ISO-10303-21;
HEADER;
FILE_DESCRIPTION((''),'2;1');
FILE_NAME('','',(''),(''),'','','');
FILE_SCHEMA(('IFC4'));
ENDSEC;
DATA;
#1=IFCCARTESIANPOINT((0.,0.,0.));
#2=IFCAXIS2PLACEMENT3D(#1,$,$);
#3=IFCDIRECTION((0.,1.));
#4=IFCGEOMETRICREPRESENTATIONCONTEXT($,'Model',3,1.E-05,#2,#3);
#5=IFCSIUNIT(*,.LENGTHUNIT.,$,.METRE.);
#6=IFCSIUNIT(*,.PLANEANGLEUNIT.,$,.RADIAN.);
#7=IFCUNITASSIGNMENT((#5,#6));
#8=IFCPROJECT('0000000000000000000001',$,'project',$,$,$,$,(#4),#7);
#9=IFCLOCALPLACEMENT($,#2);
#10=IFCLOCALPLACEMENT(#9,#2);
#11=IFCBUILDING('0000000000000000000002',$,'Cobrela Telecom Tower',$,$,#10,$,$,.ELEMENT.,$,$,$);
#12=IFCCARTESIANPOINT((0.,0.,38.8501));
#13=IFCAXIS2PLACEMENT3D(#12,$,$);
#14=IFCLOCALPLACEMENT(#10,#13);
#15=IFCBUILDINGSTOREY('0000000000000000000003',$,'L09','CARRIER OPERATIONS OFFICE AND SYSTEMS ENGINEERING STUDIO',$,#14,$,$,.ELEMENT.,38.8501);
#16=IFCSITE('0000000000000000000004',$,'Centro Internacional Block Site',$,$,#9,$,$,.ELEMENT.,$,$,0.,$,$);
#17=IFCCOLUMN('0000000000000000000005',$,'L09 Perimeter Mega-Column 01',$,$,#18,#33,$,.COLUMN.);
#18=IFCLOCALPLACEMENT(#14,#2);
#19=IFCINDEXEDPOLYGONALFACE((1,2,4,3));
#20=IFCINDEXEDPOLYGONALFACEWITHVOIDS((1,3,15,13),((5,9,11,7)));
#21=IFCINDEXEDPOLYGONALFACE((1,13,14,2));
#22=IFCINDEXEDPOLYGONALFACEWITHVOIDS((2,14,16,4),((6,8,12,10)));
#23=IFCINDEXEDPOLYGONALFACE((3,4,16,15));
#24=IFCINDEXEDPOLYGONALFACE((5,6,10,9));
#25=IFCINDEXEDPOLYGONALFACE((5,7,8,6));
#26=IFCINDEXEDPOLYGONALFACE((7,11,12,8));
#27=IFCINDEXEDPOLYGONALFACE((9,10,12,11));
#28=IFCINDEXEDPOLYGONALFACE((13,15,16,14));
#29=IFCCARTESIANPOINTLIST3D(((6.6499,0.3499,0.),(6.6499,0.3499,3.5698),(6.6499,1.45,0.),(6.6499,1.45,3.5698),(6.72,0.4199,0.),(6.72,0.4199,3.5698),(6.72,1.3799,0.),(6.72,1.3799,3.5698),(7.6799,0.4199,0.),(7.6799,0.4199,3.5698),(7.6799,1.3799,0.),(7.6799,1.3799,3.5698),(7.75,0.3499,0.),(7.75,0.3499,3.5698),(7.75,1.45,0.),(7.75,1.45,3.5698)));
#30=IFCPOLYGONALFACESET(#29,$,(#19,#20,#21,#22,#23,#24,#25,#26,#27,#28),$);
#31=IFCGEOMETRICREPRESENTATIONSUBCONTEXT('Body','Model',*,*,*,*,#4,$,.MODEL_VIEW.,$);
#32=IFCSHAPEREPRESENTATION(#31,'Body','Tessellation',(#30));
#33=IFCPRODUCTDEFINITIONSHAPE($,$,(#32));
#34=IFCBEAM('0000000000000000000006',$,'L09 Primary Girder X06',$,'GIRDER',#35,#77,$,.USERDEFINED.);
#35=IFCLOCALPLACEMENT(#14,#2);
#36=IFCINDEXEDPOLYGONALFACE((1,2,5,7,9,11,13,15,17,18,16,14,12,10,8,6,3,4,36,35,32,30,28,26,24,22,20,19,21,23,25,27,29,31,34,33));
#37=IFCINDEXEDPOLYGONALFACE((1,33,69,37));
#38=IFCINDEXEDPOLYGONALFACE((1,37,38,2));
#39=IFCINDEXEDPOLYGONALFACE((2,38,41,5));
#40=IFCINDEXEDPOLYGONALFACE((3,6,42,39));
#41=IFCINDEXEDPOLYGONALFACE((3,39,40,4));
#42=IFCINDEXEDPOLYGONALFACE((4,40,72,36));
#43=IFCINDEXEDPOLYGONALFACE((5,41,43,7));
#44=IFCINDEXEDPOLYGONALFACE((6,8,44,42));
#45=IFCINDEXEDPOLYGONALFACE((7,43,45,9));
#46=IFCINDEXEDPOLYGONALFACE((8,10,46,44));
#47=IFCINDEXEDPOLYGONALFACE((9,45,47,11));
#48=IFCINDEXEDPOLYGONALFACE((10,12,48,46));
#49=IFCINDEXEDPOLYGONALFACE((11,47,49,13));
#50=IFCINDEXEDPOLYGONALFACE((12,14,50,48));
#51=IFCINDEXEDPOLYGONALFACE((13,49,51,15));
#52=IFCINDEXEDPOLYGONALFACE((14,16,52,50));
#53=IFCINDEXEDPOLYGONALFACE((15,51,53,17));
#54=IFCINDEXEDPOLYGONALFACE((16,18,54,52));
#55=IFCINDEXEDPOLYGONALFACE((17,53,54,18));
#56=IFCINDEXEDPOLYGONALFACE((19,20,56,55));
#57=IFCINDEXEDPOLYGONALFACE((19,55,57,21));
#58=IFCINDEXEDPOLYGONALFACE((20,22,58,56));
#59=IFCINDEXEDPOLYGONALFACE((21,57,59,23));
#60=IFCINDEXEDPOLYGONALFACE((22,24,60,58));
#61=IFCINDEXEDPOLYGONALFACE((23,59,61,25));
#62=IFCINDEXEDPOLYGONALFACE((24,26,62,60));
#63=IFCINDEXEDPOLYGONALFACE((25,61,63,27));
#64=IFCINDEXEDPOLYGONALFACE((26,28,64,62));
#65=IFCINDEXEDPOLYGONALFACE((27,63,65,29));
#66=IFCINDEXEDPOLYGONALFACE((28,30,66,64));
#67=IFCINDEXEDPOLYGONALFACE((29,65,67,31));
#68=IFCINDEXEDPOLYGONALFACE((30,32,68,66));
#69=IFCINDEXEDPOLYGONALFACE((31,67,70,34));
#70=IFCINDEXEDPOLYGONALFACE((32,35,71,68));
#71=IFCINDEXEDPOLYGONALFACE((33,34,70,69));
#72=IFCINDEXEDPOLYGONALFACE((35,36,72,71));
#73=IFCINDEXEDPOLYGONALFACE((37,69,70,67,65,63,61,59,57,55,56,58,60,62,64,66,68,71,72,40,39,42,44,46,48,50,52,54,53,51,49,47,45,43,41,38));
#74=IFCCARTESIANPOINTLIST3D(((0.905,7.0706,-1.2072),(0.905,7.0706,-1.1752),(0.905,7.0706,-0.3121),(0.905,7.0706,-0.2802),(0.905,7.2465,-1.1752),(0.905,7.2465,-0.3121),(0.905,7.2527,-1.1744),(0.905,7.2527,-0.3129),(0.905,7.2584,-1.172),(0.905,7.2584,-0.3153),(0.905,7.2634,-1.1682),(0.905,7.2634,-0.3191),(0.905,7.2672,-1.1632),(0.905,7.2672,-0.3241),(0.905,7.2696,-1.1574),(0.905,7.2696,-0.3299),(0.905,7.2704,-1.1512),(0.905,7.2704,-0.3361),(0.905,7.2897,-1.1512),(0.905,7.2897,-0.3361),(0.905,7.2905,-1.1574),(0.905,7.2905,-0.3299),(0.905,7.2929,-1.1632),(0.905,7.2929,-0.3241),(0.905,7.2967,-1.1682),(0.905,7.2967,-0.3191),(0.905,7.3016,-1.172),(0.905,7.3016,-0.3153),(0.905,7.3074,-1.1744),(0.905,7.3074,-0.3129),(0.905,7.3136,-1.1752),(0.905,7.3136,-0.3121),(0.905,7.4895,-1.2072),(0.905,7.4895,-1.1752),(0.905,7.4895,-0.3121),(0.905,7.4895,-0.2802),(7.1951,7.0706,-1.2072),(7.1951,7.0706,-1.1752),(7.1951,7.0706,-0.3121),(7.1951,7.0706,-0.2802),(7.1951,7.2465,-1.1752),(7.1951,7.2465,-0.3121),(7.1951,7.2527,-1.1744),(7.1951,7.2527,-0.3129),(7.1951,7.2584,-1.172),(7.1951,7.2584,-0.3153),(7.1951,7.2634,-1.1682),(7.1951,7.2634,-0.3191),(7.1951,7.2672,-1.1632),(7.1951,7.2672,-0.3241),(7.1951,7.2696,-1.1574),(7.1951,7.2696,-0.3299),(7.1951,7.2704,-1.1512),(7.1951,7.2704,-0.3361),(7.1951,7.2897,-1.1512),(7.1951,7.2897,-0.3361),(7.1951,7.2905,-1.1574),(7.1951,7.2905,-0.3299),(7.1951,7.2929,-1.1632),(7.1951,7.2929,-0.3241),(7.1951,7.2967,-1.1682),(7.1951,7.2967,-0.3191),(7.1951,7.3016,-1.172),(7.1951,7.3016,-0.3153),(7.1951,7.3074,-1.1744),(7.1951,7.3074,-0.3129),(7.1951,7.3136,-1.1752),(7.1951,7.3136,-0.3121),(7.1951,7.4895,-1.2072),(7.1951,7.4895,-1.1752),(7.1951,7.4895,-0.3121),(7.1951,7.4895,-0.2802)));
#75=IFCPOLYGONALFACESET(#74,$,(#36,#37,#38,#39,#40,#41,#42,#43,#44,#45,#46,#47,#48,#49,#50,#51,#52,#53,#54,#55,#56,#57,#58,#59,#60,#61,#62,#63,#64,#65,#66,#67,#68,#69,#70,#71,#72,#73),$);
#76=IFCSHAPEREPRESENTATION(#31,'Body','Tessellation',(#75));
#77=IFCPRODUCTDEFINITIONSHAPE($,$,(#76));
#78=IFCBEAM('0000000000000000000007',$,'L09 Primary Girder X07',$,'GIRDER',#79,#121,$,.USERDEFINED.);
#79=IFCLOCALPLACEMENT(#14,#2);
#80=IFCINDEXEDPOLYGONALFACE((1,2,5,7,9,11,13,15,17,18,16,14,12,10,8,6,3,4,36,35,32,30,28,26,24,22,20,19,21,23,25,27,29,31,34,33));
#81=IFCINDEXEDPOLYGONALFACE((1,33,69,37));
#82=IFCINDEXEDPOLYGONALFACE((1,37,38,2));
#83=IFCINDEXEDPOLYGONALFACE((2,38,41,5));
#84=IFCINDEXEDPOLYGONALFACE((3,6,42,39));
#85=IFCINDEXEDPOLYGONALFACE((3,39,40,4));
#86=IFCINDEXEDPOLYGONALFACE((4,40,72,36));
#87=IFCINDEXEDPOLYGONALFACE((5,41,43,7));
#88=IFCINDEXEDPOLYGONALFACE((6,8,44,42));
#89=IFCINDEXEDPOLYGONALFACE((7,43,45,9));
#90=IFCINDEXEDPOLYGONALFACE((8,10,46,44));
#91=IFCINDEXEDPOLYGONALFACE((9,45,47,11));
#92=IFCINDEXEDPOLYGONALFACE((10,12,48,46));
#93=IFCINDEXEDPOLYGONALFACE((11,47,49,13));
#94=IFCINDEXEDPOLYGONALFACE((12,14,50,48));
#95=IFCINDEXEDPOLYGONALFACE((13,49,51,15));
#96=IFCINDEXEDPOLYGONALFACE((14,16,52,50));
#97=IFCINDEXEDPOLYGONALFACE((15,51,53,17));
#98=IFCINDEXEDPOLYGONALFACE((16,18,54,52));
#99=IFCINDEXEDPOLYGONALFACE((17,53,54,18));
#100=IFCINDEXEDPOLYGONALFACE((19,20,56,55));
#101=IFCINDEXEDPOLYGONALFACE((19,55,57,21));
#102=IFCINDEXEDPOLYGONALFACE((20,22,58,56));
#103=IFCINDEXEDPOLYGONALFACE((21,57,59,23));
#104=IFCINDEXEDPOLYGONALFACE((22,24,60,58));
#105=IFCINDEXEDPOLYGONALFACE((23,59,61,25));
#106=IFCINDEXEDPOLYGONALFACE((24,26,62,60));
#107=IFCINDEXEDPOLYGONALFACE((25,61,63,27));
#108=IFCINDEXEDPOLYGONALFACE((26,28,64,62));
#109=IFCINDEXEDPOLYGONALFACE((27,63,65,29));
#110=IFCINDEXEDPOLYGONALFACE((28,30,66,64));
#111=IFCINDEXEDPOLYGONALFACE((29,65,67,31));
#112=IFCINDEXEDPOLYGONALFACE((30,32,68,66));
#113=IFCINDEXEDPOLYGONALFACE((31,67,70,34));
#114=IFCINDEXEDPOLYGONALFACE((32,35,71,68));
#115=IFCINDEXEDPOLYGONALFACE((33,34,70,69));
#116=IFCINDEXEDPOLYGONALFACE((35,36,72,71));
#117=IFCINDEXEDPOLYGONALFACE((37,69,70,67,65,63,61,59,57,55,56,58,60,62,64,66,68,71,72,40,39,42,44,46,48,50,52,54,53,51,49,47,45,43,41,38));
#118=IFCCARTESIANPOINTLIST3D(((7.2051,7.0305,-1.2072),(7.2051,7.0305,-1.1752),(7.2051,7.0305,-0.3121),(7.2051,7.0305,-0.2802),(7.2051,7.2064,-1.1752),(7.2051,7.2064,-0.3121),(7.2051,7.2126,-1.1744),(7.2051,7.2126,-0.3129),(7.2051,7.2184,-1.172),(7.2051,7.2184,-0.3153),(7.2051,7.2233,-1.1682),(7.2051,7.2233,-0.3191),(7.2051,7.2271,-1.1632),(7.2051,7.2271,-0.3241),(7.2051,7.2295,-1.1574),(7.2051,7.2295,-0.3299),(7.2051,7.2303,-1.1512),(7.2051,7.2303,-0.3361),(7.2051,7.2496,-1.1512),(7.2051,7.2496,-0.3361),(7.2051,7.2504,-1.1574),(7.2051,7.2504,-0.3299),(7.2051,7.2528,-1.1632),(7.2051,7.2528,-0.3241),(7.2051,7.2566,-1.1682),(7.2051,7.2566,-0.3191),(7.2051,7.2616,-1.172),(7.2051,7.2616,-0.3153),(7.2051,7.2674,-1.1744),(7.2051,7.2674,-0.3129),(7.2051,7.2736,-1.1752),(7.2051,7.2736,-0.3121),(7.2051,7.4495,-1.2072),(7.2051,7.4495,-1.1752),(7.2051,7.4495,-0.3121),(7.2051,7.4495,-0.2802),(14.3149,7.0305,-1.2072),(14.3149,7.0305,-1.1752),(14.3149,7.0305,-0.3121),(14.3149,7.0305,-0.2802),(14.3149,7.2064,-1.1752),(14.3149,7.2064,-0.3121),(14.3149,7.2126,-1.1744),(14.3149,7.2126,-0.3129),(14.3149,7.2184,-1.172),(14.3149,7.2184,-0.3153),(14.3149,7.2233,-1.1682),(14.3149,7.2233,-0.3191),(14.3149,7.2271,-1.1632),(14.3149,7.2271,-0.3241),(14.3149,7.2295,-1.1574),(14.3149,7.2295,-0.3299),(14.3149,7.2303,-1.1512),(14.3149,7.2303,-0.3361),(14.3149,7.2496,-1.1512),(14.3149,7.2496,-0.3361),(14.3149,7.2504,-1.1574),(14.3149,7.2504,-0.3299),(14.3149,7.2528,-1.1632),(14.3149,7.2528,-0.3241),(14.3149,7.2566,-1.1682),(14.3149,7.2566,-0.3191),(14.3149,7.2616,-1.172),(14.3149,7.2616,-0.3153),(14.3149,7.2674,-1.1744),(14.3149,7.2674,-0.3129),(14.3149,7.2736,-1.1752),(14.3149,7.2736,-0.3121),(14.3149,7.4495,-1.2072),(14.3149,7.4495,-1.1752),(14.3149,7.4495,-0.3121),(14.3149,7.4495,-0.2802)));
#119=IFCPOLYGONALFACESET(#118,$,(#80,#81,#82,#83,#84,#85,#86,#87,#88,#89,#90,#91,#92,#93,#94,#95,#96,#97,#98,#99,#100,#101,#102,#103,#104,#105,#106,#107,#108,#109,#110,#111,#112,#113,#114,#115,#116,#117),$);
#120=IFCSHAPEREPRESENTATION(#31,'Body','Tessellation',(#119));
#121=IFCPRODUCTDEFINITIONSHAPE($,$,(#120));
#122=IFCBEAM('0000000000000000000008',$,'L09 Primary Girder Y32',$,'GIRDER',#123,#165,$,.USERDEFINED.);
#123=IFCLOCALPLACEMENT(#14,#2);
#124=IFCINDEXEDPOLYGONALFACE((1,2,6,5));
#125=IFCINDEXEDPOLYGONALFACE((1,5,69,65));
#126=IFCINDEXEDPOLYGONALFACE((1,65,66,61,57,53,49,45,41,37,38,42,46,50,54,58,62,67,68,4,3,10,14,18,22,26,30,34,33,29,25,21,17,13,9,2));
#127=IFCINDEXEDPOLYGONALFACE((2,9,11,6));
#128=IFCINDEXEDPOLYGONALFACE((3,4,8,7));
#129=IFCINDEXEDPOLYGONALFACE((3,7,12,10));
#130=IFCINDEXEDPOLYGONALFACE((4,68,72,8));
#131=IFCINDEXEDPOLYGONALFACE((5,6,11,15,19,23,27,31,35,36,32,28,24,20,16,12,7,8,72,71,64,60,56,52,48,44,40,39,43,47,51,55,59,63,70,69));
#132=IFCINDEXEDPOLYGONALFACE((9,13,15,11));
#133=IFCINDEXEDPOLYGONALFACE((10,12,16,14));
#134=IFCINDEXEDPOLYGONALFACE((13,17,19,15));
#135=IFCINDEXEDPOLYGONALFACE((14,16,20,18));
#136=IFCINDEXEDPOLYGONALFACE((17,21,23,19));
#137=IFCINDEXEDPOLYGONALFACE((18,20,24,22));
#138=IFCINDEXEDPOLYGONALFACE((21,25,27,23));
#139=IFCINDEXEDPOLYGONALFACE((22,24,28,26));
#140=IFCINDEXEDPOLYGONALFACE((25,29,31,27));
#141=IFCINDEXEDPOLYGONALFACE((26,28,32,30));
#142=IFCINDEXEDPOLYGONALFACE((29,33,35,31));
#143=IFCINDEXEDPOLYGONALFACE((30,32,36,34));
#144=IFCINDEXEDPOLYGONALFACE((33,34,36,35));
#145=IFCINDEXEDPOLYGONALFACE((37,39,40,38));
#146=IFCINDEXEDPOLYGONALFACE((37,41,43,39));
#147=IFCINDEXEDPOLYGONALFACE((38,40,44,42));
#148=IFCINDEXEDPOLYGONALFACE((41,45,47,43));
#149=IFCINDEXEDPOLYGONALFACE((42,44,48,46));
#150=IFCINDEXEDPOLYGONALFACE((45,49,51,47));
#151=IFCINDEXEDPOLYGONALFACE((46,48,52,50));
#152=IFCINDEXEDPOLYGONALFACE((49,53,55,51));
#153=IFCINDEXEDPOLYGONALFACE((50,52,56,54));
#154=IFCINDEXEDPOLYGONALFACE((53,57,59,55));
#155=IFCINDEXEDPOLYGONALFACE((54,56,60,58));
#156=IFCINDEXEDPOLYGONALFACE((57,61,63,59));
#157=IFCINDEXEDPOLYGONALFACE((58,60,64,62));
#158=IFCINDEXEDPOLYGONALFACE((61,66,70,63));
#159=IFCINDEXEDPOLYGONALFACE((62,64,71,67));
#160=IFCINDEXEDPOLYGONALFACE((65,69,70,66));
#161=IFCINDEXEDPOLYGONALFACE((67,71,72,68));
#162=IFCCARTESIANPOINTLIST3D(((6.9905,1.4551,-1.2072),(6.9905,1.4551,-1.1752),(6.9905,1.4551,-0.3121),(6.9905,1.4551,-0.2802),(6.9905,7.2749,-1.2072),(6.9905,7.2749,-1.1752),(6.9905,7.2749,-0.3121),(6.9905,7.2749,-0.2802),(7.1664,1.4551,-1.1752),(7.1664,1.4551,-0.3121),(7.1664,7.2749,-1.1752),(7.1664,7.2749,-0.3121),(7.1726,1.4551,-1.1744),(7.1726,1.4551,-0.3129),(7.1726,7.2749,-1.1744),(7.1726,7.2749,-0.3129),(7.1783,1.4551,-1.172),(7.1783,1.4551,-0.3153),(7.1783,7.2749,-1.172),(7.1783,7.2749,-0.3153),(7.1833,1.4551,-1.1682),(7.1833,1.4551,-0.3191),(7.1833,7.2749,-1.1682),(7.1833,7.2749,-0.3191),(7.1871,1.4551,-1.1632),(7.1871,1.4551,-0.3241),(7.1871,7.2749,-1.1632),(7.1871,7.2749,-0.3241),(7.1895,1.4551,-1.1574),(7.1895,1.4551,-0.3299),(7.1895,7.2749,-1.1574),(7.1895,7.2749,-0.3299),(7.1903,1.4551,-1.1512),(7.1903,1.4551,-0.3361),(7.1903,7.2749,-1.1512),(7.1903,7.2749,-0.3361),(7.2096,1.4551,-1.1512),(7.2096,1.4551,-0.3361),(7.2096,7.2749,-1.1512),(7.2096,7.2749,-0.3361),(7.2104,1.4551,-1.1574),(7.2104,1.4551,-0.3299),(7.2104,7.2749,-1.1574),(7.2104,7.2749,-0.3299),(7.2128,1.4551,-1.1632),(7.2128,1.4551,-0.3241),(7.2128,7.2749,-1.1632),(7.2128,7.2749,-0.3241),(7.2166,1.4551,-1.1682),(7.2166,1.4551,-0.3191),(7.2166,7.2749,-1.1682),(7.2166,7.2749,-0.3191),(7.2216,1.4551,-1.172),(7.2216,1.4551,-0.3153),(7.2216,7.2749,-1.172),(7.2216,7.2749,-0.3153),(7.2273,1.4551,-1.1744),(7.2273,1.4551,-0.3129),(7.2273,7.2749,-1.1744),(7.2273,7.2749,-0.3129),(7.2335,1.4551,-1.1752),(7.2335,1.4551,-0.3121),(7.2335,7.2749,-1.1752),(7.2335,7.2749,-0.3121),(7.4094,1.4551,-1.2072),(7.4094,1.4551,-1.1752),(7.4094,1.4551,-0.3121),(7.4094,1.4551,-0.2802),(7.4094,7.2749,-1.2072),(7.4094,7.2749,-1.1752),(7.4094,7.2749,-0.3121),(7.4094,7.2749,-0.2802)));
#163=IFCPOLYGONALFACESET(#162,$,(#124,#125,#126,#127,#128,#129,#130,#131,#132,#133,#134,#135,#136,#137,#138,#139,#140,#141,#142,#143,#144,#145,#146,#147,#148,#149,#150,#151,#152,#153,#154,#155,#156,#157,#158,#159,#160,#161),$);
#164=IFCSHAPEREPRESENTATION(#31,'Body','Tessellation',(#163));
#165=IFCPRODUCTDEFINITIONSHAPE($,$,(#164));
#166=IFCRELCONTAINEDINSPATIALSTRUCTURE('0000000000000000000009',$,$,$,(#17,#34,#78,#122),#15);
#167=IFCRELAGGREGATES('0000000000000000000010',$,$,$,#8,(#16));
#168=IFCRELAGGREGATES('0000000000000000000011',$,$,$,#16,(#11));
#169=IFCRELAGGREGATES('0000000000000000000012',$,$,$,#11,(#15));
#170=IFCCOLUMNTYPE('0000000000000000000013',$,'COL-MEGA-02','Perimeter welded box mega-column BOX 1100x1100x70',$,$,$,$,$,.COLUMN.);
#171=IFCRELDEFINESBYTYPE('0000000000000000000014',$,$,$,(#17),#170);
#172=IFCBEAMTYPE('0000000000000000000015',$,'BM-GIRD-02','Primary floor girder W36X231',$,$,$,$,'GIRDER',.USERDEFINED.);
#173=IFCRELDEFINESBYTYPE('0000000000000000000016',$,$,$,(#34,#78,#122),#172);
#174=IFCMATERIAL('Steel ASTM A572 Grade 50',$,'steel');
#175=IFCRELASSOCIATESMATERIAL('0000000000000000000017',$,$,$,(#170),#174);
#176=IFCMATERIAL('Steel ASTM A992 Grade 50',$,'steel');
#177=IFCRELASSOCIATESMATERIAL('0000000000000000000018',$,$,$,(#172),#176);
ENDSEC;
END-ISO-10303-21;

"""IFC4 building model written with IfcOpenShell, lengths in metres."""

from ifc_helpers import new_model, si_unit, direction, frame, origin, origin_2d, place, context, subcontext, project, spatial, hollow_rectangle, i_section, extrude, material, material_profile, profile_set, type_object, element, save


model = new_model("IFC4")

# Units and contexts
model_context = context("Model", 3, precision=1e-05, world=origin(), true_north=direction((0.0, 1.0)))
body_context = subcontext(model_context, "Body", "Model", "MODEL_VIEW")
ifc_project = project(units=[si_unit("LENGTHUNIT", "METRE"), si_unit("PLANEANGLEUNIT", "RADIAN")], contexts=[model_context])

# Site, building, storey
site_placement = place(None, origin())
site = spatial("IfcSite", under=ifc_project, at=site_placement, Name="Centro Internacional Block Site", CompositionType="ELEMENT", RefElevation=0.0)
building_placement = place(site_placement, origin())
building = spatial("IfcBuilding", under=site, at=building_placement, Name="Cobrela Telecom Tower", CompositionType="ELEMENT")
storey_placement = place(building_placement, frame((0.0, 0.0, 38.8501)))
storey = spatial("IfcBuildingStorey", under=building, at=storey_placement, Name="L09", Description="CARRIER OPERATIONS OFFICE AND SYSTEMS ENGINEERING STUDIO", CompositionType="ELEMENT", Elevation=38.8501)

# Column
ifc_material_1 = material(Name="Steel ASTM A572 Grade 50", Category="steel")
ifc_material_profile_1 = material_profile(ifc_material_1, hollow_rectangle(XDim=1.1001, YDim=1.1001, WallThickness=0.0701, at=origin_2d()), Name="BOX 1100x1100x70")
ifc_profile_set_1 = profile_set([ifc_material_profile_1], Name="Steel ASTM A572 Grade 50")
column_type = type_object("IfcColumnType", Name="COL-MEGA-02", Description="Perimeter welded box mega-column BOX 1100x1100x70", PredefinedType="COLUMN", material=ifc_profile_set_1)
column_placement = place(storey_placement, frame((7.2, 0.8999, 0.0), z_axis=(0.0, 0.0, 1.0), x_axis=(1.0, 0.0, 0.0)))
element("IfcColumn", 1, at=column_placement, inside=storey, type_object=column_type, Name="L09 Perimeter Mega-Column 01", PredefinedType="COLUMN", context=body_context, shape_type="SweptSolid", body=[
    extrude(hollow_rectangle(XDim=1.1001, YDim=1.1001, WallThickness=0.0701, at=origin_2d()), origin(), (0.0, 0.0, 1.0), 3.5698),
])

# Beams
ifc_material_2 = material(Name="Steel ASTM A992 Grade 50", Category="steel")
ifc_material_profile_2 = material_profile(ifc_material_2, i_section(OverallWidth=0.4189, OverallDepth=0.927, WebThickness=0.0193, FlangeThickness=0.032, FilletRadius=0.0239, at=origin_2d()), Name="W36X231")
ifc_profile_set_2 = profile_set([ifc_material_profile_2], Name="Steel ASTM A992 Grade 50")
beam_type_1 = type_object("IfcBeamType", Name="BM-GIRD-02", Description="Primary floor girder W36X231", ElementType="GIRDER", PredefinedType="USERDEFINED", material=ifc_profile_set_2)
beam_1_placement = place(storey_placement, frame((0.905, 7.28, -0.7437), z_axis=(1.0, 0.0, 0.0), x_axis=(0.0, 1.0, 0.0)))
element("IfcBeam", 2, at=beam_1_placement, inside=storey, type_object=beam_type_1, Name="L09 Primary Girder X06", ObjectType="GIRDER", PredefinedType="USERDEFINED", context=body_context, shape_type="SweptSolid", body=[
    extrude(i_section(OverallWidth=0.4189, OverallDepth=0.927, WebThickness=0.0193, FlangeThickness=0.032, FilletRadius=0.0239, at=origin_2d()), origin(), (0.0, 0.0, 1.0), 6.29),
])
beam_2_placement = place(storey_placement, frame((7.2051, 7.24, -0.7437), z_axis=(1.0, 0.0, 0.0), x_axis=(0.0, 1.0, 0.0)))
element("IfcBeam", 3, at=beam_2_placement, inside=storey, type_object=beam_type_1, Name="L09 Primary Girder X07", ObjectType="GIRDER", PredefinedType="USERDEFINED", context=body_context, shape_type="SweptSolid", body=[
    extrude(i_section(OverallWidth=0.4189, OverallDepth=0.927, WebThickness=0.0193, FlangeThickness=0.032, FilletRadius=0.0239, at=origin_2d()), origin(), (0.0, 0.0, 1.0), 7.1099),
])
beam_3_placement = place(storey_placement, frame((7.2, 1.4551, -0.7437), z_axis=(0.0, 1.0, 0.0), x_axis=(-1.0, 0.0, 0.0)))
element("IfcBeam", 4, at=beam_3_placement, inside=storey, type_object=beam_type_1, Name="L09 Primary Girder Y32", ObjectType="GIRDER", PredefinedType="USERDEFINED", context=body_context, shape_type="SweptSolid", body=[
    extrude(i_section(OverallWidth=0.4189, OverallDepth=0.927, WebThickness=0.0193, FlangeThickness=0.032, FilletRadius=0.0239, at=origin_2d()), origin(), (0.0, 0.0, 1.0), 5.8198),
])

save(model, "model.ifc")
